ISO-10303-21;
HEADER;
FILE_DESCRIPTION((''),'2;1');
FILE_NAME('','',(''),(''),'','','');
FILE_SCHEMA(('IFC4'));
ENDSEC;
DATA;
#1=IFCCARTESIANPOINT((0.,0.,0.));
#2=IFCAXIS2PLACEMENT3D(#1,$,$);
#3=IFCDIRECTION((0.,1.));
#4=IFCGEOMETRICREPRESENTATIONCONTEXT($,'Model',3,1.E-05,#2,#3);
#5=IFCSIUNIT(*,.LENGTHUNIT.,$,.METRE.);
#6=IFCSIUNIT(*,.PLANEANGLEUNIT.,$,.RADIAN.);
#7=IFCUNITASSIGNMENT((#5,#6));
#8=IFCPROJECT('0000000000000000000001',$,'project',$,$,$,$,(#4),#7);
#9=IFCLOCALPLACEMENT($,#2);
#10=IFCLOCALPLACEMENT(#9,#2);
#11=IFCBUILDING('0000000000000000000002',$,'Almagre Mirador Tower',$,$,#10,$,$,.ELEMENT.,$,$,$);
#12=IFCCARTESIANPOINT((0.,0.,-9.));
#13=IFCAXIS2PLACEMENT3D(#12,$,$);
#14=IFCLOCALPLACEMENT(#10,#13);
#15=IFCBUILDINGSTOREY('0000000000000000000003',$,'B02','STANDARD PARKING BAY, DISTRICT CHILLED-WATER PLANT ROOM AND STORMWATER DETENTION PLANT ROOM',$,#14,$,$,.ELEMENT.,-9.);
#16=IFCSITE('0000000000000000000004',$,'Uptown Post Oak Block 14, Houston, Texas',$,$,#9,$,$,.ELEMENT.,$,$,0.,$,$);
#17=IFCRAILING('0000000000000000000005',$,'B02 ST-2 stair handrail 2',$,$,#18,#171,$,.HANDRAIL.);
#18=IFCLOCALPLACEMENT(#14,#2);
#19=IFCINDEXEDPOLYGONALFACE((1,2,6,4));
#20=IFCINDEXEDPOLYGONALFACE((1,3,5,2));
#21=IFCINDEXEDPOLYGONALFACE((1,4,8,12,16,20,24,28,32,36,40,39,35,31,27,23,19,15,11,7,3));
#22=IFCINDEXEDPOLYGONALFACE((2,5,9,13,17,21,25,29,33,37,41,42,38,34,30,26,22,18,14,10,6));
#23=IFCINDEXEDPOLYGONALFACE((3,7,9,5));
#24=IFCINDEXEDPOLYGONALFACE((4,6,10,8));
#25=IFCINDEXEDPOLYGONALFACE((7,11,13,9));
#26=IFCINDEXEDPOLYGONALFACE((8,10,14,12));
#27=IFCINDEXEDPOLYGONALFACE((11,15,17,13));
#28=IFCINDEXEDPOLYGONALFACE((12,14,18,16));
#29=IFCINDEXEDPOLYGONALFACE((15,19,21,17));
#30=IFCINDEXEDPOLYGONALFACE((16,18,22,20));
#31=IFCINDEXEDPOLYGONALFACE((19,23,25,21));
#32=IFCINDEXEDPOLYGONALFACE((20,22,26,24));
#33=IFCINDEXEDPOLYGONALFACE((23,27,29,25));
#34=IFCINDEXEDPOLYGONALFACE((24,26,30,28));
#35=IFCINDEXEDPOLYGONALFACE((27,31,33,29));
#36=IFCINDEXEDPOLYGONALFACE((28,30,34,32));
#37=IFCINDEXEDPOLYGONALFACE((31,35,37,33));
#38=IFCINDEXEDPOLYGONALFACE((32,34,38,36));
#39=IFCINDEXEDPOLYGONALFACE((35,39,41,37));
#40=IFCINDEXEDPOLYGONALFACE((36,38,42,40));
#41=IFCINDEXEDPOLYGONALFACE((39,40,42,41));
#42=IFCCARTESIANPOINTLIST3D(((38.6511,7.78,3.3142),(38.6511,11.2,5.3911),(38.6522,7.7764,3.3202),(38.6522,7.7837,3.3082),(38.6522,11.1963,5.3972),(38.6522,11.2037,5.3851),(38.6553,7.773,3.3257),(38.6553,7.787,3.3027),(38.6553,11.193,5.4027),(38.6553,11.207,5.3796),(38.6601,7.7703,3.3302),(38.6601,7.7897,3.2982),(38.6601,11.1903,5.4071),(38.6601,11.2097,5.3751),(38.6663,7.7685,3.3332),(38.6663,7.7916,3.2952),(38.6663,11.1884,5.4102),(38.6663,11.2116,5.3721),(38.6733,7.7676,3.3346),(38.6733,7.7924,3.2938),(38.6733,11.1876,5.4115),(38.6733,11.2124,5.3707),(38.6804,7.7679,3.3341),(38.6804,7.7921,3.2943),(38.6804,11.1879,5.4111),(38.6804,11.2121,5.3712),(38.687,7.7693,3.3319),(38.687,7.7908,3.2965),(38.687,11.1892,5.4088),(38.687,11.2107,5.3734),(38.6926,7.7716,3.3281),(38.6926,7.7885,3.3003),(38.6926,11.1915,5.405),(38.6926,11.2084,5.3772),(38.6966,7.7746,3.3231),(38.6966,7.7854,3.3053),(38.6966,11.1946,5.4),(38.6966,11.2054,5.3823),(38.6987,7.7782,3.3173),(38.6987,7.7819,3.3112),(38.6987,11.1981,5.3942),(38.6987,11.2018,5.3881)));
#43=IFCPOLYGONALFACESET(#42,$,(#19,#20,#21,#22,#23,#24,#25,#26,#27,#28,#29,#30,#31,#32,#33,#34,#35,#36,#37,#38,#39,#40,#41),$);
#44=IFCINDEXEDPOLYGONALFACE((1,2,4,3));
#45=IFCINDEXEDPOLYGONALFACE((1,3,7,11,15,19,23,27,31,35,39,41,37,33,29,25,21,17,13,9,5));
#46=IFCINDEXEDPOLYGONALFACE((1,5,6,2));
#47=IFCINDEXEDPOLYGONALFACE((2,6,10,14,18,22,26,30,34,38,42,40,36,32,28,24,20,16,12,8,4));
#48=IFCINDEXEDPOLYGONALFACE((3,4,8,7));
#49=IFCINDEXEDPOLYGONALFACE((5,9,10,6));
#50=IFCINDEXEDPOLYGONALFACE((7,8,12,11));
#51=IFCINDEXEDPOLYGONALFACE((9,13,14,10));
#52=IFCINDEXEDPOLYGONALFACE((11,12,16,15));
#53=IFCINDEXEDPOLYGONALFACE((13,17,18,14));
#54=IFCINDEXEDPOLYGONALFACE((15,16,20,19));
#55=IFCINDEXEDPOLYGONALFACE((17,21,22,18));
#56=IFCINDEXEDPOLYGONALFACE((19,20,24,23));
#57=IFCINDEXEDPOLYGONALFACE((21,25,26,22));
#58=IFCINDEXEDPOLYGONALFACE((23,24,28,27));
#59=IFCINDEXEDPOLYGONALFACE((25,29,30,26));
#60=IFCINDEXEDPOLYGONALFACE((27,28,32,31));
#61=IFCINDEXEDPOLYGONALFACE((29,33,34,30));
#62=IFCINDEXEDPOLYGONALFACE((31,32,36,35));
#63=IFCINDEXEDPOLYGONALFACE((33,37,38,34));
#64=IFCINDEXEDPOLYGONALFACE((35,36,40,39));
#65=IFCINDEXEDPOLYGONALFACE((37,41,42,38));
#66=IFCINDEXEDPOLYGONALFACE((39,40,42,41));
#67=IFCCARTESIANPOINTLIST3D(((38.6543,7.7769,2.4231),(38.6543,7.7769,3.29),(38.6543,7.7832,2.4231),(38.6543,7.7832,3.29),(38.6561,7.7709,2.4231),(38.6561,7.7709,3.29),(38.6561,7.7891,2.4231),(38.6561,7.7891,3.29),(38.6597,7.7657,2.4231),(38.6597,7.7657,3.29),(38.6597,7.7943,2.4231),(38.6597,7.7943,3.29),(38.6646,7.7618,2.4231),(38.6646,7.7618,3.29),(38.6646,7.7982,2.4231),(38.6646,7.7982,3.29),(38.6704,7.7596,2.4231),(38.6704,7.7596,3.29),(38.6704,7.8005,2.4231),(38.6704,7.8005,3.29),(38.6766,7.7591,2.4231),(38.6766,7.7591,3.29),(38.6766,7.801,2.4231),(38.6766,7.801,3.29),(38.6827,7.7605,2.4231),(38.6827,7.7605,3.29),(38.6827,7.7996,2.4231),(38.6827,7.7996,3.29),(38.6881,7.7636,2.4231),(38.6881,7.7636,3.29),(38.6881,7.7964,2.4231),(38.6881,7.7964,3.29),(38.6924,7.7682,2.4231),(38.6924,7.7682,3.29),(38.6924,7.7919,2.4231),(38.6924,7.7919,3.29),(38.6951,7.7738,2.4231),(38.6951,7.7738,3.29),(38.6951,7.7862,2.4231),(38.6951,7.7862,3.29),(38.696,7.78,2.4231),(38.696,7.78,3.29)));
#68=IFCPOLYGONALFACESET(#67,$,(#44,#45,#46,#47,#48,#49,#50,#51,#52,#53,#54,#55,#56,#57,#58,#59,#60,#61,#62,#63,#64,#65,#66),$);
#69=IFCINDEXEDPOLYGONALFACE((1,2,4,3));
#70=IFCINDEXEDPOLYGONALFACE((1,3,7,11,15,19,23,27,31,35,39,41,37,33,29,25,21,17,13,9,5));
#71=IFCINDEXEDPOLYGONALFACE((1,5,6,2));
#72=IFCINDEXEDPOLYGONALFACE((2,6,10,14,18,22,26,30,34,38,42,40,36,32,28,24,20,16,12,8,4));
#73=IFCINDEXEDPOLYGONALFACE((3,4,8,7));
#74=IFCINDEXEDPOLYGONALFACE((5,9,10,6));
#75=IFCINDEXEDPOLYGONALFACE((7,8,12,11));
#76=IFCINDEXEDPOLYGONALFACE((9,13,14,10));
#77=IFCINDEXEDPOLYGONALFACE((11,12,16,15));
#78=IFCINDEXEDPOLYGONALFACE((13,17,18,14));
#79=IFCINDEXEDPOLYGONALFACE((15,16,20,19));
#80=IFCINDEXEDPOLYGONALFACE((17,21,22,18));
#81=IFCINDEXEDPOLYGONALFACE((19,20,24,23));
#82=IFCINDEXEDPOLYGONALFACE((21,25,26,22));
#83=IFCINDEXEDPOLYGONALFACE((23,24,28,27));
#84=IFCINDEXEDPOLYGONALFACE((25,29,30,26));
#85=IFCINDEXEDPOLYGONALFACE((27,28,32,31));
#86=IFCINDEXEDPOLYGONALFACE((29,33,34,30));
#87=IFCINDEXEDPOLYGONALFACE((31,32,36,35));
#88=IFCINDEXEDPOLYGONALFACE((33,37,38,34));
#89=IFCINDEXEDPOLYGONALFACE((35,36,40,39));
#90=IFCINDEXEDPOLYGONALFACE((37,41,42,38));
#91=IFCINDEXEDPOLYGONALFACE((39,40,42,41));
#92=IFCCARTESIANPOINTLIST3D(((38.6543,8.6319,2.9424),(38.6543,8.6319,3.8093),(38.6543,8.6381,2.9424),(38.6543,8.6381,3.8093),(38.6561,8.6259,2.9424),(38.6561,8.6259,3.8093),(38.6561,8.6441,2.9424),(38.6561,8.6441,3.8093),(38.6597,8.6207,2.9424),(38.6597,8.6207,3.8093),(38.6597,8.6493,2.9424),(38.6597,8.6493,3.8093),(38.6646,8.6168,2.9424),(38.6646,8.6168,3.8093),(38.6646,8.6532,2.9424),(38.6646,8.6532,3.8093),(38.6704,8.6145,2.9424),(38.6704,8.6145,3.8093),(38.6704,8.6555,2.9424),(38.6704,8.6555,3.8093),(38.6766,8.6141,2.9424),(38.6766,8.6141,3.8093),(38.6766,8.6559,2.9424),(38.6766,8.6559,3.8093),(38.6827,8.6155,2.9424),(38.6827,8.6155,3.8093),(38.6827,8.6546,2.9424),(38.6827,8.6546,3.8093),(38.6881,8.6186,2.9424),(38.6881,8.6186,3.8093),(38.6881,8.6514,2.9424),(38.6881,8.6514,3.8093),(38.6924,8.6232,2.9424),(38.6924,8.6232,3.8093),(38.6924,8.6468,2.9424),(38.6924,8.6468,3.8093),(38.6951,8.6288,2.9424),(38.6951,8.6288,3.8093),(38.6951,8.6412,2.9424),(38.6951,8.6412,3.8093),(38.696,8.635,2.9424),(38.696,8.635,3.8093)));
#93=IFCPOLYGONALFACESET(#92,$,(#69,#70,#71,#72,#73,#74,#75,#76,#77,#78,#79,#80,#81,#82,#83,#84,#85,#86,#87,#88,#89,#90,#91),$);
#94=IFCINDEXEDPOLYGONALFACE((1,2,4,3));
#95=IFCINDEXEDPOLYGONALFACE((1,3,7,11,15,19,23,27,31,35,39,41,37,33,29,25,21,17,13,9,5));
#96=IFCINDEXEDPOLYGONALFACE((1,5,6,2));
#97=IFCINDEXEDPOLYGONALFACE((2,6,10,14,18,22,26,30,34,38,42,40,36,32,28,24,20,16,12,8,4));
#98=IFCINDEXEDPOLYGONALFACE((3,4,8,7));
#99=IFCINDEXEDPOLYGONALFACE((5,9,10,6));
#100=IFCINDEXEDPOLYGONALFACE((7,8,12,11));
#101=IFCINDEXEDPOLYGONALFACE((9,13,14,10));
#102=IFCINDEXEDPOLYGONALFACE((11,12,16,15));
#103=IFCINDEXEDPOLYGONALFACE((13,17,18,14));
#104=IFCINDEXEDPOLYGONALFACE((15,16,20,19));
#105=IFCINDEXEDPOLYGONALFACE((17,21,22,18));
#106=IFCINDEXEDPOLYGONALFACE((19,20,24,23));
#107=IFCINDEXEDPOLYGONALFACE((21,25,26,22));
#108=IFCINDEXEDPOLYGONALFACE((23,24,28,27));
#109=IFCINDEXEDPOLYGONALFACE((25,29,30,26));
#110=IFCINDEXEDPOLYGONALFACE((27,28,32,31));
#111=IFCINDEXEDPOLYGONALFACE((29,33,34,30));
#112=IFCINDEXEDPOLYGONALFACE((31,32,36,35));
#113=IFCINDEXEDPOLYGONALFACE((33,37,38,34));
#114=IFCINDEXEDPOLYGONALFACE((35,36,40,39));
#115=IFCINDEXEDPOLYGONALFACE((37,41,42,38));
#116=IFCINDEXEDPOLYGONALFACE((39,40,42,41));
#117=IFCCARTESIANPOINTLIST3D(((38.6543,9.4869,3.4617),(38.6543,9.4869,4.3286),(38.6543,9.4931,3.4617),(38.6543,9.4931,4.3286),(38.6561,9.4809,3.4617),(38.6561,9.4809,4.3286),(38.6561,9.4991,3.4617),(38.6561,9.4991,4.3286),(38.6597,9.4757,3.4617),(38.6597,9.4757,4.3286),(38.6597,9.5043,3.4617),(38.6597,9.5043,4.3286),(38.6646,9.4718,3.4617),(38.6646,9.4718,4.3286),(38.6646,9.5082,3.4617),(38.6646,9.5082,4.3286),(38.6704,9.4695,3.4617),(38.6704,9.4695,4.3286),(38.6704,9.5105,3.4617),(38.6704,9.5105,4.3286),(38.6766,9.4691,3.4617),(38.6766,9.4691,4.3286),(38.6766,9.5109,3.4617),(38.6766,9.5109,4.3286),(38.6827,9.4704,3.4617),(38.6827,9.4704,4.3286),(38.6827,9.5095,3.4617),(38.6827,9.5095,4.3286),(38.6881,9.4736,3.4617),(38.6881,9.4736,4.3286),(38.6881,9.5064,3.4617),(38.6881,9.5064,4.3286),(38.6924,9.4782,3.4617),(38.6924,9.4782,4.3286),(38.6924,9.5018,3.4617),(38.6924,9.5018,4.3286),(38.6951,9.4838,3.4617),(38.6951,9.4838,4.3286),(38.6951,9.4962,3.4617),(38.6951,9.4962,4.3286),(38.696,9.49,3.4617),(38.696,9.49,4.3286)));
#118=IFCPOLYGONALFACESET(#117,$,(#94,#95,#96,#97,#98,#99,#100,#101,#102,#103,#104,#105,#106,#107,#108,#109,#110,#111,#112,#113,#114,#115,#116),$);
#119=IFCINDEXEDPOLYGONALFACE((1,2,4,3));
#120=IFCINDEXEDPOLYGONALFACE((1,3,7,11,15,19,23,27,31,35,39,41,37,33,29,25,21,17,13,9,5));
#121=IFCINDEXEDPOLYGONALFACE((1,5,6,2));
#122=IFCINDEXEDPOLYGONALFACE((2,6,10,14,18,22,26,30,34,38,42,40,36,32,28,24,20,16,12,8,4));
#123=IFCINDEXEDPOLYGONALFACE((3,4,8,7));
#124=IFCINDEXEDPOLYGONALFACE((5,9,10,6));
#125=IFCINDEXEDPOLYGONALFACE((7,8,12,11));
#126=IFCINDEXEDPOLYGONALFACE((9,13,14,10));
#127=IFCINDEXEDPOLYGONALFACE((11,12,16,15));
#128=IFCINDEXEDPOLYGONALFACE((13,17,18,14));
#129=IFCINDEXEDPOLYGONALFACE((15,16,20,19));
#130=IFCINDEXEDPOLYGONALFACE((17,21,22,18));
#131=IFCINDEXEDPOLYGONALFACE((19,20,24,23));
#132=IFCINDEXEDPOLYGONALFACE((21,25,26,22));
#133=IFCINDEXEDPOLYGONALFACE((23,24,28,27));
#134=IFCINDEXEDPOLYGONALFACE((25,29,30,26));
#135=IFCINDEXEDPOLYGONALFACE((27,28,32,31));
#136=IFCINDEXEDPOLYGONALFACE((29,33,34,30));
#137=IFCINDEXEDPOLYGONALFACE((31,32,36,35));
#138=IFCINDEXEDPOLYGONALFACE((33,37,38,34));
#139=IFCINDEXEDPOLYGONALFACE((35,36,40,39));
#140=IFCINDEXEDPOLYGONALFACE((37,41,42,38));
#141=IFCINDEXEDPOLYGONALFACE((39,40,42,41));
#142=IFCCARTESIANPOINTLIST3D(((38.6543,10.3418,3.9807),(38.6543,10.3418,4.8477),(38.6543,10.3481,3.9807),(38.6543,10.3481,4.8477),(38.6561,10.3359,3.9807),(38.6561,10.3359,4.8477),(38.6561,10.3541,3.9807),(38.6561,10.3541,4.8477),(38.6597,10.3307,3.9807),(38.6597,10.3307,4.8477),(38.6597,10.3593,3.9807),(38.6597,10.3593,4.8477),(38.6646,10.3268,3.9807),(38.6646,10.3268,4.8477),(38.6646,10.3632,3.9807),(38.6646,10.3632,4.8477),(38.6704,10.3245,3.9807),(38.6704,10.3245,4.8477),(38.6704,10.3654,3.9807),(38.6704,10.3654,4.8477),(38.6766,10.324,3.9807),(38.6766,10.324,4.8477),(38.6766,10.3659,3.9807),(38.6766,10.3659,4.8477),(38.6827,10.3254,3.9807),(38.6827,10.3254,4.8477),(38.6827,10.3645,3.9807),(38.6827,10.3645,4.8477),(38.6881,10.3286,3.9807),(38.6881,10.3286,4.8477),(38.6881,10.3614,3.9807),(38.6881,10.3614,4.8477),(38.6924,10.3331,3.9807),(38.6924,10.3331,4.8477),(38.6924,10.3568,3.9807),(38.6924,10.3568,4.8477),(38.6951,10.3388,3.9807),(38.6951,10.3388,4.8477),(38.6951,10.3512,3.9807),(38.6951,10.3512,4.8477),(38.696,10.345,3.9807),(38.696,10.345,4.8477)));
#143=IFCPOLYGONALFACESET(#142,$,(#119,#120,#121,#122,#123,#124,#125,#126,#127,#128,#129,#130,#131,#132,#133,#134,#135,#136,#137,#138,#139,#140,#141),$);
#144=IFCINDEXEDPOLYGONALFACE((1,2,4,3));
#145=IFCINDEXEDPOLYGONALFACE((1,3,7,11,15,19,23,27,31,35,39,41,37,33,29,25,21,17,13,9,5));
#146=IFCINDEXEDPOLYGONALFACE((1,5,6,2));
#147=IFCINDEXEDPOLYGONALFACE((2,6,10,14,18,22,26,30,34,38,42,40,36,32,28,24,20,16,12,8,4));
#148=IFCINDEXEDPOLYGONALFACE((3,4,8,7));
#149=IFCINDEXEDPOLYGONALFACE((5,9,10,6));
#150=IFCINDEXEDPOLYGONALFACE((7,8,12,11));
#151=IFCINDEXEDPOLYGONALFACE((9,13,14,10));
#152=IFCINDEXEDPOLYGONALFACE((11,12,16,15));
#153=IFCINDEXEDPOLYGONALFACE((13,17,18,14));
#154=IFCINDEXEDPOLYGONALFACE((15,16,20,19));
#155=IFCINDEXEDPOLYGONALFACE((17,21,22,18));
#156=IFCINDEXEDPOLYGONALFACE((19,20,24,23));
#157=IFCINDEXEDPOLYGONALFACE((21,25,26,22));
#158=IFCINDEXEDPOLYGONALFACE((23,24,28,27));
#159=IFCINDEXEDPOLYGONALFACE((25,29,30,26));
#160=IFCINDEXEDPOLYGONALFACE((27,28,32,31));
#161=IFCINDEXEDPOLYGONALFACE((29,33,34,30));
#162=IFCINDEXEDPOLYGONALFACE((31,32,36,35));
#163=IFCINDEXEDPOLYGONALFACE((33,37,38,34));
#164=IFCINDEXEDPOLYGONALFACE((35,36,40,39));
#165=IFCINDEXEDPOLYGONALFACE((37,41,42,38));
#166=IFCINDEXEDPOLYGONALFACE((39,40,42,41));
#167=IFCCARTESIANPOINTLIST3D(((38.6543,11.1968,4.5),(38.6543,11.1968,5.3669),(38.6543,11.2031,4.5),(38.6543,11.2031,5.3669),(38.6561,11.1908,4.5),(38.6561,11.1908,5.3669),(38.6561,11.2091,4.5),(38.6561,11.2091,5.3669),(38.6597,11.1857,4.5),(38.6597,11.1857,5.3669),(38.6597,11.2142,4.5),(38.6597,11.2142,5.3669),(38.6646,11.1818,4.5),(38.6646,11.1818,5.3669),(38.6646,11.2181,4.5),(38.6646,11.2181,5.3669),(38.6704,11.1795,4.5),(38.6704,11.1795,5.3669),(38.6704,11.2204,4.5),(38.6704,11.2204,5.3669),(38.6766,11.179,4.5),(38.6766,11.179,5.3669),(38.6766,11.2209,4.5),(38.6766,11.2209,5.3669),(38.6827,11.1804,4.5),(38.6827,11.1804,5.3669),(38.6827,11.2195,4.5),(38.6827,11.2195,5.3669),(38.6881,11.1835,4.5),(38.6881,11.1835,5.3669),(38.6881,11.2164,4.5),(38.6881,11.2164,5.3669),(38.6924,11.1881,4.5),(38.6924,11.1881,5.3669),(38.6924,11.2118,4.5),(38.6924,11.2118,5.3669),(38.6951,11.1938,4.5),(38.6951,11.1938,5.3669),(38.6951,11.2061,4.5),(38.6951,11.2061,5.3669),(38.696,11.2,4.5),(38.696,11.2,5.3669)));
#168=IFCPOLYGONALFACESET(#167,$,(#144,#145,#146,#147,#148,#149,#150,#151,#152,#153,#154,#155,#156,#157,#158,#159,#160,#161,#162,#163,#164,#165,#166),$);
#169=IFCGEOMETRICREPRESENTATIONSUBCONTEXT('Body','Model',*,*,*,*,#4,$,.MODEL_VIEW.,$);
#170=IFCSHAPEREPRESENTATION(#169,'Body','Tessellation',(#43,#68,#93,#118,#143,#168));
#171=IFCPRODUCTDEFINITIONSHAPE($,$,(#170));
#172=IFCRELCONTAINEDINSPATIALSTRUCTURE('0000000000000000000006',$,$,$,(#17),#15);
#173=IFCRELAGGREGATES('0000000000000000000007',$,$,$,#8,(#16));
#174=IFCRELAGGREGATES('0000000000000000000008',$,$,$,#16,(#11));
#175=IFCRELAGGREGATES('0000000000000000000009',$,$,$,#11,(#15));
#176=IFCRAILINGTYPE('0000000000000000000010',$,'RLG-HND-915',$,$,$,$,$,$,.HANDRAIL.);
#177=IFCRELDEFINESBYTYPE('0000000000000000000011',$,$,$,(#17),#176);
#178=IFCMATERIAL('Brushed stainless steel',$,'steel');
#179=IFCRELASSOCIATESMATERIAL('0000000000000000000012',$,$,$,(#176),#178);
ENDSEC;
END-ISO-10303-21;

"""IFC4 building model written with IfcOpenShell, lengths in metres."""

from ifc_helpers import new_model, si_unit, direction, frame, origin, origin_2d, place, context, subcontext, project, spatial, circle, extrude, material, type_object, element, save


model = new_model("IFC4")

# Units and contexts
model_context = context("Model", 3, precision=1e-05, world=origin(), true_north=direction((0.0, 1.0)))
body_context = subcontext(model_context, "Body", "Model", "MODEL_VIEW")
ifc_project = project(units=[si_unit("LENGTHUNIT", "METRE"), si_unit("PLANEANGLEUNIT", "RADIAN")], contexts=[model_context])

# Site, building, storey
site_placement = place(None, origin())
site = spatial("IfcSite", under=ifc_project, at=site_placement, Name="Uptown Post Oak Block 14, Houston, Texas", CompositionType="ELEMENT", RefElevation=0.0)
building_placement = place(site_placement, origin())
building = spatial("IfcBuilding", under=site, at=building_placement, Name="Almagre Mirador Tower", CompositionType="ELEMENT")
storey_placement = place(building_placement, frame((0.0, 0.0, -9.0)))
storey = spatial("IfcBuildingStorey", under=building, at=storey_placement, Name="B02", Description="STANDARD PARKING BAY, DISTRICT CHILLED-WATER PLANT ROOM AND STORMWATER DETENTION PLANT ROOM", CompositionType="ELEMENT", Elevation=-9.0)

# Railing
ifc_material_1 = material(Name="Brushed stainless steel", Category="steel")
railing_type_1 = type_object("IfcRailingType", Name="RLG-HND-915", PredefinedType="HANDRAIL", material=ifc_material_1)
railing_1_placement = place(storey_placement, frame((38.675, 7.78, 2.4231)))
element("IfcRailing", 1, at=railing_1_placement, inside=storey, type_object=railing_type_1, Name="B02 ST-2 stair handrail 2", PredefinedType="HANDRAIL", context=body_context, shape_type="SweptSolid", body=[
    extrude(circle(Radius=0.0239, at=origin_2d()), frame((0.0, 0.0, 0.8911), z_axis=(0.0, 0.85473, 0.519074), x_axis=(-1.0, 0.0, 0.0)), (0.0, 0.0, 1.0), 4.0012),
    extrude(circle(Radius=0.021, at=origin_2d()), origin(), (0.0, 0.0, 1.0), 0.8669),
    extrude(circle(Radius=0.021, at=origin_2d()), frame((0.0, 0.855, 0.5193)), (0.0, 0.0, 1.0), 0.8669),
    extrude(circle(Radius=0.021, at=origin_2d()), frame((0.0, 1.71, 1.0386)), (0.0, 0.0, 1.0), 0.8669),
    extrude(circle(Radius=0.021, at=origin_2d()), frame((0.0, 2.5649, 1.5576)), (0.0, 0.0, 1.0), 0.8669),
    extrude(circle(Radius=0.021, at=origin_2d()), frame((0.0, 3.4199, 2.0769)), (0.0, 0.0, 1.0), 0.8669),
])

save(model, "model.ifc")
